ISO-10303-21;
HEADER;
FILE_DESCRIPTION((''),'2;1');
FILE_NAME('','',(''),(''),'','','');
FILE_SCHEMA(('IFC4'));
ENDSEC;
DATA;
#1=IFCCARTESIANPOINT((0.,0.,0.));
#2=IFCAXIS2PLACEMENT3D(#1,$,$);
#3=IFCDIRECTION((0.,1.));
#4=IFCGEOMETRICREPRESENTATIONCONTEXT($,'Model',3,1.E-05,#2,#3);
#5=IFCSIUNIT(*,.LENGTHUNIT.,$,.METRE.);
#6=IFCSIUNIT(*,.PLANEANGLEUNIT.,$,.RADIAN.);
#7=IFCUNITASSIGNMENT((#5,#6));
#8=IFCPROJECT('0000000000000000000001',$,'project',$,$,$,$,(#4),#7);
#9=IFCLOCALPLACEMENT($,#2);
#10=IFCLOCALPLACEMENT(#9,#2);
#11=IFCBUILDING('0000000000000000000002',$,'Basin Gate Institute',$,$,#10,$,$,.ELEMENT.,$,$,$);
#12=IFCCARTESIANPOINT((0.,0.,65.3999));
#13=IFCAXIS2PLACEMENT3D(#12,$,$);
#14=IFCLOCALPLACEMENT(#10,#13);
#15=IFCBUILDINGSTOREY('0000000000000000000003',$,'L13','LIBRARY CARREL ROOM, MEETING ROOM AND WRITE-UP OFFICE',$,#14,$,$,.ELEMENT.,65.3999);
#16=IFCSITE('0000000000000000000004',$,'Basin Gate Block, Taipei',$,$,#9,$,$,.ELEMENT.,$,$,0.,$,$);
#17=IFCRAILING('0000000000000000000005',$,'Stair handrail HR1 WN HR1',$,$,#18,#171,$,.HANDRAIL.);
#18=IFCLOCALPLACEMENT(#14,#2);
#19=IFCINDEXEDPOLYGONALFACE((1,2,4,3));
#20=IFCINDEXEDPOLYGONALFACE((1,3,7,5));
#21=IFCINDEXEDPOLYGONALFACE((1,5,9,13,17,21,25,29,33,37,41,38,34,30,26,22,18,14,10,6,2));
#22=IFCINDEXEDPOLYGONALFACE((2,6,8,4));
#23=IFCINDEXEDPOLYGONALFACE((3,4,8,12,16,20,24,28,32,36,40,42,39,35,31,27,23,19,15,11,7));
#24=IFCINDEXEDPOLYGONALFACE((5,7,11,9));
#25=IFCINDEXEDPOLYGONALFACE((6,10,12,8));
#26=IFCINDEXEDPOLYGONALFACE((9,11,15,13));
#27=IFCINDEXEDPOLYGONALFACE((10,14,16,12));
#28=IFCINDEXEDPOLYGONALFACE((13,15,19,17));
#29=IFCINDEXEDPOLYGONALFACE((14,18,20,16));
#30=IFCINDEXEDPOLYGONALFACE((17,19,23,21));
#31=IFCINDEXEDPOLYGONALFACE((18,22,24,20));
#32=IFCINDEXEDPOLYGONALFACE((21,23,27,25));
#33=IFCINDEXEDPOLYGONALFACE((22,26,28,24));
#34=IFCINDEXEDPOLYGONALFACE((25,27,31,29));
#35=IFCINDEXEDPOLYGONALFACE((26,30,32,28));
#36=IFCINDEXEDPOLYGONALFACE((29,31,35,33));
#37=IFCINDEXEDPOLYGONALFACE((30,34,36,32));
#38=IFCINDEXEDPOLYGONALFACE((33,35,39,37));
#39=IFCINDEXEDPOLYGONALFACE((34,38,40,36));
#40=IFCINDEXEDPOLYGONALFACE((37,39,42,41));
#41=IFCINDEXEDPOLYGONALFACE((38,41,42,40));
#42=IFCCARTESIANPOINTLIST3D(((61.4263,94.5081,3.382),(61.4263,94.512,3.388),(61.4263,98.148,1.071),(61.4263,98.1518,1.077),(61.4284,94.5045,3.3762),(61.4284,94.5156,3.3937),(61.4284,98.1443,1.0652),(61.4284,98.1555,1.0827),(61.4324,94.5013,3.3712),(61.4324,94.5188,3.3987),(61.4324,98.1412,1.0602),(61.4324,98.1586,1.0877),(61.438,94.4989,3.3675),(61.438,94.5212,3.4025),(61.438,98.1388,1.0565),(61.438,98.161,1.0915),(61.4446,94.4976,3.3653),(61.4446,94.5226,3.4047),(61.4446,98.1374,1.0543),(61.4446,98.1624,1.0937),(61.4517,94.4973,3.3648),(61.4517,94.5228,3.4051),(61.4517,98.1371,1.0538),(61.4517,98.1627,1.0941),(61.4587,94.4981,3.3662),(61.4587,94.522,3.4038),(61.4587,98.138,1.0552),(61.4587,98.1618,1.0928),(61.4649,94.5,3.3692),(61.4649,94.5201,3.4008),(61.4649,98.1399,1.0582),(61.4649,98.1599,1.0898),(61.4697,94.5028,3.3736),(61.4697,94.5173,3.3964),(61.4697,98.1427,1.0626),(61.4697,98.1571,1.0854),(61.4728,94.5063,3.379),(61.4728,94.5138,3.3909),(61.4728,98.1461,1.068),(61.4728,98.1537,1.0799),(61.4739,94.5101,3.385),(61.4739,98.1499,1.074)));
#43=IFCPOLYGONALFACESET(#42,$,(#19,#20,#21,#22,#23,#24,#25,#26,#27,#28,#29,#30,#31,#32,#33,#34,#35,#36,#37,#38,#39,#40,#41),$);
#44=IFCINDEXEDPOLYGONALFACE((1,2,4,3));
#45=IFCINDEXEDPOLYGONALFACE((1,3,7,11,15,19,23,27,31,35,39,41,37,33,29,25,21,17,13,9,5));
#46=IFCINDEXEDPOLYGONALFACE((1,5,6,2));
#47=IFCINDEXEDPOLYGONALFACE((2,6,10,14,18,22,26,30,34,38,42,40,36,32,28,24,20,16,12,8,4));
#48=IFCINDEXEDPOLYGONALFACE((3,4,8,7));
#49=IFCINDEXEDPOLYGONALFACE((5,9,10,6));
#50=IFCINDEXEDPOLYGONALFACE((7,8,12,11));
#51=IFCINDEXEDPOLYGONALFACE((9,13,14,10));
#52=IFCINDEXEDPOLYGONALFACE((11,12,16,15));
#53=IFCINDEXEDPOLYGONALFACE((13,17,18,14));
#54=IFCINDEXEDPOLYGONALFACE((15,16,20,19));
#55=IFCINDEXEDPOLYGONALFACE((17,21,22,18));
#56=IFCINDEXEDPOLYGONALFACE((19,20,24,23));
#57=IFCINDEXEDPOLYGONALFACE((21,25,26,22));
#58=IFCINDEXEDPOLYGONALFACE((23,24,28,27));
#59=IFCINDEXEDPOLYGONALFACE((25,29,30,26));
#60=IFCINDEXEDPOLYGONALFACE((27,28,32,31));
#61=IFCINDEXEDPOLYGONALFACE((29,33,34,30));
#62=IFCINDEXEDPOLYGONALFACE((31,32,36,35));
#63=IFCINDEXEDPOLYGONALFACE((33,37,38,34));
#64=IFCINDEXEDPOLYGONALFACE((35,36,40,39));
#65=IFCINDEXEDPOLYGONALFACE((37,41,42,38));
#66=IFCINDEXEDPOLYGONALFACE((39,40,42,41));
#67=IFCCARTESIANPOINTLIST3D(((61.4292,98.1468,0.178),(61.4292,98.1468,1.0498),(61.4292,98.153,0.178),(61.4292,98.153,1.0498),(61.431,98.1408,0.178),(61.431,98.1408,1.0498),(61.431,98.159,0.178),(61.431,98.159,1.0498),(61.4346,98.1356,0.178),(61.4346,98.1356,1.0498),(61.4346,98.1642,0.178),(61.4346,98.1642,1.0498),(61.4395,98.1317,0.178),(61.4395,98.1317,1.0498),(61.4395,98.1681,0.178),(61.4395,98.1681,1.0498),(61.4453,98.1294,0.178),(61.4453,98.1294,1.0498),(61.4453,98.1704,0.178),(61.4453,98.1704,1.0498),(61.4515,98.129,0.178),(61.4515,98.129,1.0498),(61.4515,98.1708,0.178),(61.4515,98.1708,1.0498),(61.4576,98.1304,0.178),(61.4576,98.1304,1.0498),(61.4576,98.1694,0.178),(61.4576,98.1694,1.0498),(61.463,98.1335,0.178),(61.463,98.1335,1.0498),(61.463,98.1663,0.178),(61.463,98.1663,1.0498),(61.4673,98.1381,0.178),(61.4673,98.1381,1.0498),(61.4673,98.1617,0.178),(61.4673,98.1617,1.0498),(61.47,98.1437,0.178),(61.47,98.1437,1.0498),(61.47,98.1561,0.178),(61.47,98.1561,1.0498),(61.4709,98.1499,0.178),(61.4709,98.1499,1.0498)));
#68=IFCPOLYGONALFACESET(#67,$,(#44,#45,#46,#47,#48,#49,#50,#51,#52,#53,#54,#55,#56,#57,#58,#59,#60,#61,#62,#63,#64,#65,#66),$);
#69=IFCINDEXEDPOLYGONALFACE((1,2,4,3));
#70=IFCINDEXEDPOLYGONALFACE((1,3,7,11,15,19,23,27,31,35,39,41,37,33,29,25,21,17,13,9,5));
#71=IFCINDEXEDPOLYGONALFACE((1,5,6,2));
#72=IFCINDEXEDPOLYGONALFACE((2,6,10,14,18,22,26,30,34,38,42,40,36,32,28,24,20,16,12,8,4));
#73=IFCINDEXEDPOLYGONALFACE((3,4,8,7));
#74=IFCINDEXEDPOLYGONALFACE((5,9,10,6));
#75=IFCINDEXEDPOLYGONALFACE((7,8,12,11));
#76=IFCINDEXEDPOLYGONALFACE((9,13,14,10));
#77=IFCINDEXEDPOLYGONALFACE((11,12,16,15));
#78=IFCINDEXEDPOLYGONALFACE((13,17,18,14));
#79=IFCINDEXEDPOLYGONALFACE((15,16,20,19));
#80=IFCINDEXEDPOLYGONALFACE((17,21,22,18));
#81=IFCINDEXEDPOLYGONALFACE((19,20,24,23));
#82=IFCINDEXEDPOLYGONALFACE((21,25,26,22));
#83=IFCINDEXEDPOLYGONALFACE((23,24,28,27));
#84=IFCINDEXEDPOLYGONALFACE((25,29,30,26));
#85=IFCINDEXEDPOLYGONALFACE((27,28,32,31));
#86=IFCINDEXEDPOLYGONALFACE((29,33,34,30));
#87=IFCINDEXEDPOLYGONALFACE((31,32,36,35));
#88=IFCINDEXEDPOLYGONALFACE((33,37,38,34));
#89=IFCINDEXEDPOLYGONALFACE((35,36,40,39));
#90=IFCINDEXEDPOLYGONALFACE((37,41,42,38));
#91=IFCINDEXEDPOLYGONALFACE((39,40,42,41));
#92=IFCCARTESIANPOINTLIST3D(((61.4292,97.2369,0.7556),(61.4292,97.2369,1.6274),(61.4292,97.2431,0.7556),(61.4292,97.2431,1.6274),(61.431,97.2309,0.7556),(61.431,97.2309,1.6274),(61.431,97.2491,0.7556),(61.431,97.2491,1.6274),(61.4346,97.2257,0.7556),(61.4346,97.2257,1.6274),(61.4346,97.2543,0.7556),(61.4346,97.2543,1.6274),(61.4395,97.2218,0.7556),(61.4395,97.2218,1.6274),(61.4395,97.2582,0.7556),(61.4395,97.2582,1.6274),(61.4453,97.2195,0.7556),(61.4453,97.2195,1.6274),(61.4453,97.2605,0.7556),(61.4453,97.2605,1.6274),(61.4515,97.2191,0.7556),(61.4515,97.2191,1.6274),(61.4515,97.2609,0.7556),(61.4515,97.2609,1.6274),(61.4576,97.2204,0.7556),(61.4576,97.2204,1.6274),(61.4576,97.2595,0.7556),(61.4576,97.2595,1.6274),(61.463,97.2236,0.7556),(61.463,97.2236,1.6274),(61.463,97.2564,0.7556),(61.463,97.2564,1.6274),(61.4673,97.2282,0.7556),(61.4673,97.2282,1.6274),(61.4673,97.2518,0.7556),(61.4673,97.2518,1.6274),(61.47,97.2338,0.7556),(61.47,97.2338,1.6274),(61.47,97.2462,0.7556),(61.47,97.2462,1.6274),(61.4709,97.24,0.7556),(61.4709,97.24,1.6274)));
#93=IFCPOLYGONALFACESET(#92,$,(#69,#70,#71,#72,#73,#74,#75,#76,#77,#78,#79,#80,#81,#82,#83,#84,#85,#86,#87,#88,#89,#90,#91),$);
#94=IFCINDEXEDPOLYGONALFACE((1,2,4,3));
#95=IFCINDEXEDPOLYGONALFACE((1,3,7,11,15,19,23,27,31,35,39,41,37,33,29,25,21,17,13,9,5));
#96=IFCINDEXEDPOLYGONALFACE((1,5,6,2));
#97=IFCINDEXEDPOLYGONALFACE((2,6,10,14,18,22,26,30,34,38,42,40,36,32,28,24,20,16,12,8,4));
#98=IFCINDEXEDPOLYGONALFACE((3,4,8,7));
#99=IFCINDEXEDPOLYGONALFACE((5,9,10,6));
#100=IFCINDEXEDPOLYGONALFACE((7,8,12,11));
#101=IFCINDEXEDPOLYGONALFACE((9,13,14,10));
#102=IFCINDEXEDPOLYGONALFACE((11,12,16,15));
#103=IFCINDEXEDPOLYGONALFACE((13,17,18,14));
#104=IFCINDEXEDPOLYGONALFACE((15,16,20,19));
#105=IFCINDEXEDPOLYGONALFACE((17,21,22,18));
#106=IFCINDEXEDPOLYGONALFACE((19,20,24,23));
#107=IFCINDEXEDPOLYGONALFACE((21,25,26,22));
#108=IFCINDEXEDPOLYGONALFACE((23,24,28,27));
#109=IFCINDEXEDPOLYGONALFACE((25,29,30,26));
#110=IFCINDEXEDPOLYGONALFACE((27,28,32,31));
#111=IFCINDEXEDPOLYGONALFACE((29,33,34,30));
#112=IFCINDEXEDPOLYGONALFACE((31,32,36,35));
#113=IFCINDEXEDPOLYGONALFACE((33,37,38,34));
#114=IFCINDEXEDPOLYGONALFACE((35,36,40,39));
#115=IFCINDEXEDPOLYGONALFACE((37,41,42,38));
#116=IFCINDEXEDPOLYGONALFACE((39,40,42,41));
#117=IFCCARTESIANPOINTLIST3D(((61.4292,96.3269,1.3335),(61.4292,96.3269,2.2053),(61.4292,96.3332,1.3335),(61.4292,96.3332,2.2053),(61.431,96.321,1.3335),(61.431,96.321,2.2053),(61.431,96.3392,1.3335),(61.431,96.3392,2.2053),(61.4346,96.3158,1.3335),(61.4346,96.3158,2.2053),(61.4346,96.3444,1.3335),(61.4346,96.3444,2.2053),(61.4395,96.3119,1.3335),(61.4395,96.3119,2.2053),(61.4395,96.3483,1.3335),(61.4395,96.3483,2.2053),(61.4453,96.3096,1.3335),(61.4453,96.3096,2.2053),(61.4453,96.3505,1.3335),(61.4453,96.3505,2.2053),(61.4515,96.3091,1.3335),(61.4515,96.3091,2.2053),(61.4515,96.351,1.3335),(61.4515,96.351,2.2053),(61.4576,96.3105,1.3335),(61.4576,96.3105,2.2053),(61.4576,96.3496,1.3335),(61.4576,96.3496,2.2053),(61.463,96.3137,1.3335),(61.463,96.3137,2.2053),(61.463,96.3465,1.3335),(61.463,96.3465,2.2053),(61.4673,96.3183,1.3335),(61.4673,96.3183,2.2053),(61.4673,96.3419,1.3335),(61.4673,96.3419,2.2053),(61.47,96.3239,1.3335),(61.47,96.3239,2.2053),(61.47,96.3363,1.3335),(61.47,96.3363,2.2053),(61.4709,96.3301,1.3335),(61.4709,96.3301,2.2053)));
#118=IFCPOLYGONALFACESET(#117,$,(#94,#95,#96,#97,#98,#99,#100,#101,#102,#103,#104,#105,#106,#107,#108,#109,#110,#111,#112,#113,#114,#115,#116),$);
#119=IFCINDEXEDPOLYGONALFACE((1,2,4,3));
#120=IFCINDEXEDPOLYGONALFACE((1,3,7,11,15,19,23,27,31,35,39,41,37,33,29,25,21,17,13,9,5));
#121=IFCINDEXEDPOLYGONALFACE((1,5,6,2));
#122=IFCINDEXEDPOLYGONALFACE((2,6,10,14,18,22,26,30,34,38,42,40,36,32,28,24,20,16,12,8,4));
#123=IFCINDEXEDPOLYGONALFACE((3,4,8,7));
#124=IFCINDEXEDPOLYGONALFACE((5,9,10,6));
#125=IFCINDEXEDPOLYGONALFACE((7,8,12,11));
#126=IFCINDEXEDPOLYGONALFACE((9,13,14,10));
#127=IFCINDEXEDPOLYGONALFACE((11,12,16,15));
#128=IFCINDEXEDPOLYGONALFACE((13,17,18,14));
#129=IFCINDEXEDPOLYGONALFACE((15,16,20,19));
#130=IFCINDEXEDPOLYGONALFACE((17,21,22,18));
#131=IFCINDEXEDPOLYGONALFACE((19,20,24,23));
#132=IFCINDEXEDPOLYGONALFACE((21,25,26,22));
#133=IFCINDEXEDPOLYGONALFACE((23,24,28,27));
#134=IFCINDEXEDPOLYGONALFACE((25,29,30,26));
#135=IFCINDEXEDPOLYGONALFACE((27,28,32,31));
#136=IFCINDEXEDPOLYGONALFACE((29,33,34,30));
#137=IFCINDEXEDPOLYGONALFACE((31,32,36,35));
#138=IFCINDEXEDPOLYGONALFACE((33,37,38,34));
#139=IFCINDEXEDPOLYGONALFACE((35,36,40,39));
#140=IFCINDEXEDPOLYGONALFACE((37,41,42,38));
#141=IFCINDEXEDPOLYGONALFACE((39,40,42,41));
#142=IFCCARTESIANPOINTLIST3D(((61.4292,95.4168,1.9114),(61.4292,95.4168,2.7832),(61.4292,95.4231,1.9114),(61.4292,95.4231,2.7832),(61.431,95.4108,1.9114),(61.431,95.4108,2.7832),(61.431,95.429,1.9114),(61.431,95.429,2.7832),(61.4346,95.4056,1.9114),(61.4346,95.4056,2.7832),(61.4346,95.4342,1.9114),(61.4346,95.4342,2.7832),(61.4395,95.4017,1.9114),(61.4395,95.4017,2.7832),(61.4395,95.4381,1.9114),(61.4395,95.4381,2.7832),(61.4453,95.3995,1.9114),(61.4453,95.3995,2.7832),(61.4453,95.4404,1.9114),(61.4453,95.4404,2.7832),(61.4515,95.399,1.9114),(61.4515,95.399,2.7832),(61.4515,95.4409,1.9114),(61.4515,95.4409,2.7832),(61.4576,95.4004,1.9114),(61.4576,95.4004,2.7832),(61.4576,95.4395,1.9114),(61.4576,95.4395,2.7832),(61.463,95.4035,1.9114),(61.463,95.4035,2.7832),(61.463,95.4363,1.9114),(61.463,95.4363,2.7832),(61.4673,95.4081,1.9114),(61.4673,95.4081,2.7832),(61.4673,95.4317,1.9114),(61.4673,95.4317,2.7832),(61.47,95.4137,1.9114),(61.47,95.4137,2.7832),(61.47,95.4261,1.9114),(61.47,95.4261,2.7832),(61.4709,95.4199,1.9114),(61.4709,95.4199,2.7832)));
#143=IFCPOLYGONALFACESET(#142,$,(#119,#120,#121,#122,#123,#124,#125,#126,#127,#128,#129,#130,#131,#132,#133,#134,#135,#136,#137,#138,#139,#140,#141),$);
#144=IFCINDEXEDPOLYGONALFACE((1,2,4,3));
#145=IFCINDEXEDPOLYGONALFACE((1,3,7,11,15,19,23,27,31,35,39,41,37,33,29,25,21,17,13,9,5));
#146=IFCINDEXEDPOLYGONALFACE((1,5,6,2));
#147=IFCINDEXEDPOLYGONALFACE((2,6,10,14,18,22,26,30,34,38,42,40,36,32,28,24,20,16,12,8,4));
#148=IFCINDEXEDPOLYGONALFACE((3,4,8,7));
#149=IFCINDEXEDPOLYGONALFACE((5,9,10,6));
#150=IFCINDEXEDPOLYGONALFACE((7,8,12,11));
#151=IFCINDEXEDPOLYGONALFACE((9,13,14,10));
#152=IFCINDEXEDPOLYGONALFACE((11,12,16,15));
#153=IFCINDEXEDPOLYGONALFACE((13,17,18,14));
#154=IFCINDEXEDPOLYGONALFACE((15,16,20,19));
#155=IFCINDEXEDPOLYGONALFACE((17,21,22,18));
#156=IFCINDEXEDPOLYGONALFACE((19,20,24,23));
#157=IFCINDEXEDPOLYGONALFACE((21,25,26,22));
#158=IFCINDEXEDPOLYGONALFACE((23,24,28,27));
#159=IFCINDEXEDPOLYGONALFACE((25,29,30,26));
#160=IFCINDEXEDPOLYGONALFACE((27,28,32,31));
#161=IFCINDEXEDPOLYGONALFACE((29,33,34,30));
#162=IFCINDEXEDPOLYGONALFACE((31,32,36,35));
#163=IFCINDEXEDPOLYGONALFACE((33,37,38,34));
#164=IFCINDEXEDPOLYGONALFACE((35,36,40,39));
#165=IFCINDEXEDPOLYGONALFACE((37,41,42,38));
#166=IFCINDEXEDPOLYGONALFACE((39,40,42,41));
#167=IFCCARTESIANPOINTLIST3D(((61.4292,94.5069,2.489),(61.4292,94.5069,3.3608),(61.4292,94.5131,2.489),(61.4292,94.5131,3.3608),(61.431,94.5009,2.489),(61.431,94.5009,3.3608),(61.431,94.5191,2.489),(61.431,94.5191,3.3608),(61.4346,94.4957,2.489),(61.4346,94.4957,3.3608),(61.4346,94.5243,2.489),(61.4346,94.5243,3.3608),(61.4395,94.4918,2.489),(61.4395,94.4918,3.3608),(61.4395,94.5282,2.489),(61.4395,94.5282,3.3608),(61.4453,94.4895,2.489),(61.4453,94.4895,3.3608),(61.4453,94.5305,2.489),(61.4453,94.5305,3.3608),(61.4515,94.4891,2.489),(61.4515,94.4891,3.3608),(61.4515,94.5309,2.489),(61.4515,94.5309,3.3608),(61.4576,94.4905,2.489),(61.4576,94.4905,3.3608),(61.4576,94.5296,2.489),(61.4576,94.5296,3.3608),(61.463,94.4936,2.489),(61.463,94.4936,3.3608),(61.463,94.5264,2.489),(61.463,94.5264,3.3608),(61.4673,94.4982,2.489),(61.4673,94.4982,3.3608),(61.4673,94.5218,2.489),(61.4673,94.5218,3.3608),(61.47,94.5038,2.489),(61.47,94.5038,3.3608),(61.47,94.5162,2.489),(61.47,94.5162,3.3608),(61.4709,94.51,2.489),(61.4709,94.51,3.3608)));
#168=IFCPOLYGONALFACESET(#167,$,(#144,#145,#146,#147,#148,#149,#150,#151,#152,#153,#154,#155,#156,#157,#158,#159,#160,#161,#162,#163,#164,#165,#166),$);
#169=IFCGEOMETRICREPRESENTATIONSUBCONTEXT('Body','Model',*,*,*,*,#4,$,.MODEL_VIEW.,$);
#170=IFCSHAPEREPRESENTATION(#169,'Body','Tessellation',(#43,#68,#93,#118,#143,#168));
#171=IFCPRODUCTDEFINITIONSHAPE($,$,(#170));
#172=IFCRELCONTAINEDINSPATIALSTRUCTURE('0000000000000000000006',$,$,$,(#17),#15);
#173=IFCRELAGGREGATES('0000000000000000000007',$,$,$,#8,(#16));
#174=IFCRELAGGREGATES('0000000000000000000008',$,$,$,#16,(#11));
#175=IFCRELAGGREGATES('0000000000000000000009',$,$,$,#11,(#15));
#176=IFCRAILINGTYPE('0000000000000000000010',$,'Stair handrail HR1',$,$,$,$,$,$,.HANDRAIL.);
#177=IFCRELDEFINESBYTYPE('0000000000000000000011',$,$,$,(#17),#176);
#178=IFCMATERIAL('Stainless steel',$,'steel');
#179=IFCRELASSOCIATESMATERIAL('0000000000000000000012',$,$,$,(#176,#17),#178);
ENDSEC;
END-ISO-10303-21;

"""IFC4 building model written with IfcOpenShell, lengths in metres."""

from ifc_helpers import new_model, si_unit, direction, frame, origin, origin_2d, place, context, subcontext, project, spatial, circle, extrude, material, type_object, element, save


model = new_model("IFC4")

# Units and contexts
model_context = context("Model", 3, precision=1e-05, world=origin(), true_north=direction((0.0, 1.0)))
body_context = subcontext(model_context, "Body", "Model", "MODEL_VIEW")
ifc_project = project(units=[si_unit("LENGTHUNIT", "METRE"), si_unit("PLANEANGLEUNIT", "RADIAN")], contexts=[model_context])

# Site, building, storey
site_placement = place(None, origin())
site = spatial("IfcSite", under=ifc_project, at=site_placement, Name="Basin Gate Block, Taipei", CompositionType="ELEMENT", RefElevation=0.0)
building_placement = place(site_placement, origin())
building = spatial("IfcBuilding", under=site, at=building_placement, Name="Basin Gate Institute", CompositionType="ELEMENT")
storey_placement = place(building_placement, frame((0.0, 0.0, 65.3999)))
storey = spatial("IfcBuildingStorey", under=building, at=storey_placement, Name="L13", Description="LIBRARY CARREL ROOM, MEETING ROOM AND WRITE-UP OFFICE", CompositionType="ELEMENT", Elevation=65.3999)

# Railing
ifc_material_1 = material(Name="Stainless steel", Category="steel")
railing_type_1 = type_object("IfcRailingType", Name="Stair handrail HR1", PredefinedType="HANDRAIL", material=ifc_material_1)
for number, where, name in (
    (1, (61.45, 98.1499, 0.178), "Stair handrail HR1 WN HR1"),
):
    element("IfcRailing", number, at=place(storey_placement, frame(where)), inside=storey, type_object=railing_type_1, material=ifc_material_1, Name=name, PredefinedType="HANDRAIL", context=body_context, shape_type="SweptSolid", body=[
        extrude(circle(Radius=0.0239, at=origin_2d()), frame((0.0, 0.0, 0.896), z_axis=(0.0, -0.844214, 0.536007), x_axis=(1.0, 0.0, 0.0)), (0.0, 0.0, 1.0), 4.3115),
        extrude(circle(Radius=0.021, at=origin_2d()), origin(), (0.0, 0.0, 1.0), 0.8718),
        extrude(circle(Radius=0.021, at=origin_2d()), frame((0.0, -0.9099, 0.5776)), (0.0, 0.0, 1.0), 0.8718),
        extrude(circle(Radius=0.021, at=origin_2d()), frame((0.0, -1.8198, 1.1555)), (0.0, 0.0, 1.0), 0.8718),
        extrude(circle(Radius=0.021, at=origin_2d()), frame((0.0, -2.73, 1.7334)), (0.0, 0.0, 1.0), 0.8718),
        extrude(circle(Radius=0.021, at=origin_2d()), frame((0.0, -3.6399, 2.311)), (0.0, 0.0, 1.0), 0.8718),
    ])

save(model, "model.ifc")
